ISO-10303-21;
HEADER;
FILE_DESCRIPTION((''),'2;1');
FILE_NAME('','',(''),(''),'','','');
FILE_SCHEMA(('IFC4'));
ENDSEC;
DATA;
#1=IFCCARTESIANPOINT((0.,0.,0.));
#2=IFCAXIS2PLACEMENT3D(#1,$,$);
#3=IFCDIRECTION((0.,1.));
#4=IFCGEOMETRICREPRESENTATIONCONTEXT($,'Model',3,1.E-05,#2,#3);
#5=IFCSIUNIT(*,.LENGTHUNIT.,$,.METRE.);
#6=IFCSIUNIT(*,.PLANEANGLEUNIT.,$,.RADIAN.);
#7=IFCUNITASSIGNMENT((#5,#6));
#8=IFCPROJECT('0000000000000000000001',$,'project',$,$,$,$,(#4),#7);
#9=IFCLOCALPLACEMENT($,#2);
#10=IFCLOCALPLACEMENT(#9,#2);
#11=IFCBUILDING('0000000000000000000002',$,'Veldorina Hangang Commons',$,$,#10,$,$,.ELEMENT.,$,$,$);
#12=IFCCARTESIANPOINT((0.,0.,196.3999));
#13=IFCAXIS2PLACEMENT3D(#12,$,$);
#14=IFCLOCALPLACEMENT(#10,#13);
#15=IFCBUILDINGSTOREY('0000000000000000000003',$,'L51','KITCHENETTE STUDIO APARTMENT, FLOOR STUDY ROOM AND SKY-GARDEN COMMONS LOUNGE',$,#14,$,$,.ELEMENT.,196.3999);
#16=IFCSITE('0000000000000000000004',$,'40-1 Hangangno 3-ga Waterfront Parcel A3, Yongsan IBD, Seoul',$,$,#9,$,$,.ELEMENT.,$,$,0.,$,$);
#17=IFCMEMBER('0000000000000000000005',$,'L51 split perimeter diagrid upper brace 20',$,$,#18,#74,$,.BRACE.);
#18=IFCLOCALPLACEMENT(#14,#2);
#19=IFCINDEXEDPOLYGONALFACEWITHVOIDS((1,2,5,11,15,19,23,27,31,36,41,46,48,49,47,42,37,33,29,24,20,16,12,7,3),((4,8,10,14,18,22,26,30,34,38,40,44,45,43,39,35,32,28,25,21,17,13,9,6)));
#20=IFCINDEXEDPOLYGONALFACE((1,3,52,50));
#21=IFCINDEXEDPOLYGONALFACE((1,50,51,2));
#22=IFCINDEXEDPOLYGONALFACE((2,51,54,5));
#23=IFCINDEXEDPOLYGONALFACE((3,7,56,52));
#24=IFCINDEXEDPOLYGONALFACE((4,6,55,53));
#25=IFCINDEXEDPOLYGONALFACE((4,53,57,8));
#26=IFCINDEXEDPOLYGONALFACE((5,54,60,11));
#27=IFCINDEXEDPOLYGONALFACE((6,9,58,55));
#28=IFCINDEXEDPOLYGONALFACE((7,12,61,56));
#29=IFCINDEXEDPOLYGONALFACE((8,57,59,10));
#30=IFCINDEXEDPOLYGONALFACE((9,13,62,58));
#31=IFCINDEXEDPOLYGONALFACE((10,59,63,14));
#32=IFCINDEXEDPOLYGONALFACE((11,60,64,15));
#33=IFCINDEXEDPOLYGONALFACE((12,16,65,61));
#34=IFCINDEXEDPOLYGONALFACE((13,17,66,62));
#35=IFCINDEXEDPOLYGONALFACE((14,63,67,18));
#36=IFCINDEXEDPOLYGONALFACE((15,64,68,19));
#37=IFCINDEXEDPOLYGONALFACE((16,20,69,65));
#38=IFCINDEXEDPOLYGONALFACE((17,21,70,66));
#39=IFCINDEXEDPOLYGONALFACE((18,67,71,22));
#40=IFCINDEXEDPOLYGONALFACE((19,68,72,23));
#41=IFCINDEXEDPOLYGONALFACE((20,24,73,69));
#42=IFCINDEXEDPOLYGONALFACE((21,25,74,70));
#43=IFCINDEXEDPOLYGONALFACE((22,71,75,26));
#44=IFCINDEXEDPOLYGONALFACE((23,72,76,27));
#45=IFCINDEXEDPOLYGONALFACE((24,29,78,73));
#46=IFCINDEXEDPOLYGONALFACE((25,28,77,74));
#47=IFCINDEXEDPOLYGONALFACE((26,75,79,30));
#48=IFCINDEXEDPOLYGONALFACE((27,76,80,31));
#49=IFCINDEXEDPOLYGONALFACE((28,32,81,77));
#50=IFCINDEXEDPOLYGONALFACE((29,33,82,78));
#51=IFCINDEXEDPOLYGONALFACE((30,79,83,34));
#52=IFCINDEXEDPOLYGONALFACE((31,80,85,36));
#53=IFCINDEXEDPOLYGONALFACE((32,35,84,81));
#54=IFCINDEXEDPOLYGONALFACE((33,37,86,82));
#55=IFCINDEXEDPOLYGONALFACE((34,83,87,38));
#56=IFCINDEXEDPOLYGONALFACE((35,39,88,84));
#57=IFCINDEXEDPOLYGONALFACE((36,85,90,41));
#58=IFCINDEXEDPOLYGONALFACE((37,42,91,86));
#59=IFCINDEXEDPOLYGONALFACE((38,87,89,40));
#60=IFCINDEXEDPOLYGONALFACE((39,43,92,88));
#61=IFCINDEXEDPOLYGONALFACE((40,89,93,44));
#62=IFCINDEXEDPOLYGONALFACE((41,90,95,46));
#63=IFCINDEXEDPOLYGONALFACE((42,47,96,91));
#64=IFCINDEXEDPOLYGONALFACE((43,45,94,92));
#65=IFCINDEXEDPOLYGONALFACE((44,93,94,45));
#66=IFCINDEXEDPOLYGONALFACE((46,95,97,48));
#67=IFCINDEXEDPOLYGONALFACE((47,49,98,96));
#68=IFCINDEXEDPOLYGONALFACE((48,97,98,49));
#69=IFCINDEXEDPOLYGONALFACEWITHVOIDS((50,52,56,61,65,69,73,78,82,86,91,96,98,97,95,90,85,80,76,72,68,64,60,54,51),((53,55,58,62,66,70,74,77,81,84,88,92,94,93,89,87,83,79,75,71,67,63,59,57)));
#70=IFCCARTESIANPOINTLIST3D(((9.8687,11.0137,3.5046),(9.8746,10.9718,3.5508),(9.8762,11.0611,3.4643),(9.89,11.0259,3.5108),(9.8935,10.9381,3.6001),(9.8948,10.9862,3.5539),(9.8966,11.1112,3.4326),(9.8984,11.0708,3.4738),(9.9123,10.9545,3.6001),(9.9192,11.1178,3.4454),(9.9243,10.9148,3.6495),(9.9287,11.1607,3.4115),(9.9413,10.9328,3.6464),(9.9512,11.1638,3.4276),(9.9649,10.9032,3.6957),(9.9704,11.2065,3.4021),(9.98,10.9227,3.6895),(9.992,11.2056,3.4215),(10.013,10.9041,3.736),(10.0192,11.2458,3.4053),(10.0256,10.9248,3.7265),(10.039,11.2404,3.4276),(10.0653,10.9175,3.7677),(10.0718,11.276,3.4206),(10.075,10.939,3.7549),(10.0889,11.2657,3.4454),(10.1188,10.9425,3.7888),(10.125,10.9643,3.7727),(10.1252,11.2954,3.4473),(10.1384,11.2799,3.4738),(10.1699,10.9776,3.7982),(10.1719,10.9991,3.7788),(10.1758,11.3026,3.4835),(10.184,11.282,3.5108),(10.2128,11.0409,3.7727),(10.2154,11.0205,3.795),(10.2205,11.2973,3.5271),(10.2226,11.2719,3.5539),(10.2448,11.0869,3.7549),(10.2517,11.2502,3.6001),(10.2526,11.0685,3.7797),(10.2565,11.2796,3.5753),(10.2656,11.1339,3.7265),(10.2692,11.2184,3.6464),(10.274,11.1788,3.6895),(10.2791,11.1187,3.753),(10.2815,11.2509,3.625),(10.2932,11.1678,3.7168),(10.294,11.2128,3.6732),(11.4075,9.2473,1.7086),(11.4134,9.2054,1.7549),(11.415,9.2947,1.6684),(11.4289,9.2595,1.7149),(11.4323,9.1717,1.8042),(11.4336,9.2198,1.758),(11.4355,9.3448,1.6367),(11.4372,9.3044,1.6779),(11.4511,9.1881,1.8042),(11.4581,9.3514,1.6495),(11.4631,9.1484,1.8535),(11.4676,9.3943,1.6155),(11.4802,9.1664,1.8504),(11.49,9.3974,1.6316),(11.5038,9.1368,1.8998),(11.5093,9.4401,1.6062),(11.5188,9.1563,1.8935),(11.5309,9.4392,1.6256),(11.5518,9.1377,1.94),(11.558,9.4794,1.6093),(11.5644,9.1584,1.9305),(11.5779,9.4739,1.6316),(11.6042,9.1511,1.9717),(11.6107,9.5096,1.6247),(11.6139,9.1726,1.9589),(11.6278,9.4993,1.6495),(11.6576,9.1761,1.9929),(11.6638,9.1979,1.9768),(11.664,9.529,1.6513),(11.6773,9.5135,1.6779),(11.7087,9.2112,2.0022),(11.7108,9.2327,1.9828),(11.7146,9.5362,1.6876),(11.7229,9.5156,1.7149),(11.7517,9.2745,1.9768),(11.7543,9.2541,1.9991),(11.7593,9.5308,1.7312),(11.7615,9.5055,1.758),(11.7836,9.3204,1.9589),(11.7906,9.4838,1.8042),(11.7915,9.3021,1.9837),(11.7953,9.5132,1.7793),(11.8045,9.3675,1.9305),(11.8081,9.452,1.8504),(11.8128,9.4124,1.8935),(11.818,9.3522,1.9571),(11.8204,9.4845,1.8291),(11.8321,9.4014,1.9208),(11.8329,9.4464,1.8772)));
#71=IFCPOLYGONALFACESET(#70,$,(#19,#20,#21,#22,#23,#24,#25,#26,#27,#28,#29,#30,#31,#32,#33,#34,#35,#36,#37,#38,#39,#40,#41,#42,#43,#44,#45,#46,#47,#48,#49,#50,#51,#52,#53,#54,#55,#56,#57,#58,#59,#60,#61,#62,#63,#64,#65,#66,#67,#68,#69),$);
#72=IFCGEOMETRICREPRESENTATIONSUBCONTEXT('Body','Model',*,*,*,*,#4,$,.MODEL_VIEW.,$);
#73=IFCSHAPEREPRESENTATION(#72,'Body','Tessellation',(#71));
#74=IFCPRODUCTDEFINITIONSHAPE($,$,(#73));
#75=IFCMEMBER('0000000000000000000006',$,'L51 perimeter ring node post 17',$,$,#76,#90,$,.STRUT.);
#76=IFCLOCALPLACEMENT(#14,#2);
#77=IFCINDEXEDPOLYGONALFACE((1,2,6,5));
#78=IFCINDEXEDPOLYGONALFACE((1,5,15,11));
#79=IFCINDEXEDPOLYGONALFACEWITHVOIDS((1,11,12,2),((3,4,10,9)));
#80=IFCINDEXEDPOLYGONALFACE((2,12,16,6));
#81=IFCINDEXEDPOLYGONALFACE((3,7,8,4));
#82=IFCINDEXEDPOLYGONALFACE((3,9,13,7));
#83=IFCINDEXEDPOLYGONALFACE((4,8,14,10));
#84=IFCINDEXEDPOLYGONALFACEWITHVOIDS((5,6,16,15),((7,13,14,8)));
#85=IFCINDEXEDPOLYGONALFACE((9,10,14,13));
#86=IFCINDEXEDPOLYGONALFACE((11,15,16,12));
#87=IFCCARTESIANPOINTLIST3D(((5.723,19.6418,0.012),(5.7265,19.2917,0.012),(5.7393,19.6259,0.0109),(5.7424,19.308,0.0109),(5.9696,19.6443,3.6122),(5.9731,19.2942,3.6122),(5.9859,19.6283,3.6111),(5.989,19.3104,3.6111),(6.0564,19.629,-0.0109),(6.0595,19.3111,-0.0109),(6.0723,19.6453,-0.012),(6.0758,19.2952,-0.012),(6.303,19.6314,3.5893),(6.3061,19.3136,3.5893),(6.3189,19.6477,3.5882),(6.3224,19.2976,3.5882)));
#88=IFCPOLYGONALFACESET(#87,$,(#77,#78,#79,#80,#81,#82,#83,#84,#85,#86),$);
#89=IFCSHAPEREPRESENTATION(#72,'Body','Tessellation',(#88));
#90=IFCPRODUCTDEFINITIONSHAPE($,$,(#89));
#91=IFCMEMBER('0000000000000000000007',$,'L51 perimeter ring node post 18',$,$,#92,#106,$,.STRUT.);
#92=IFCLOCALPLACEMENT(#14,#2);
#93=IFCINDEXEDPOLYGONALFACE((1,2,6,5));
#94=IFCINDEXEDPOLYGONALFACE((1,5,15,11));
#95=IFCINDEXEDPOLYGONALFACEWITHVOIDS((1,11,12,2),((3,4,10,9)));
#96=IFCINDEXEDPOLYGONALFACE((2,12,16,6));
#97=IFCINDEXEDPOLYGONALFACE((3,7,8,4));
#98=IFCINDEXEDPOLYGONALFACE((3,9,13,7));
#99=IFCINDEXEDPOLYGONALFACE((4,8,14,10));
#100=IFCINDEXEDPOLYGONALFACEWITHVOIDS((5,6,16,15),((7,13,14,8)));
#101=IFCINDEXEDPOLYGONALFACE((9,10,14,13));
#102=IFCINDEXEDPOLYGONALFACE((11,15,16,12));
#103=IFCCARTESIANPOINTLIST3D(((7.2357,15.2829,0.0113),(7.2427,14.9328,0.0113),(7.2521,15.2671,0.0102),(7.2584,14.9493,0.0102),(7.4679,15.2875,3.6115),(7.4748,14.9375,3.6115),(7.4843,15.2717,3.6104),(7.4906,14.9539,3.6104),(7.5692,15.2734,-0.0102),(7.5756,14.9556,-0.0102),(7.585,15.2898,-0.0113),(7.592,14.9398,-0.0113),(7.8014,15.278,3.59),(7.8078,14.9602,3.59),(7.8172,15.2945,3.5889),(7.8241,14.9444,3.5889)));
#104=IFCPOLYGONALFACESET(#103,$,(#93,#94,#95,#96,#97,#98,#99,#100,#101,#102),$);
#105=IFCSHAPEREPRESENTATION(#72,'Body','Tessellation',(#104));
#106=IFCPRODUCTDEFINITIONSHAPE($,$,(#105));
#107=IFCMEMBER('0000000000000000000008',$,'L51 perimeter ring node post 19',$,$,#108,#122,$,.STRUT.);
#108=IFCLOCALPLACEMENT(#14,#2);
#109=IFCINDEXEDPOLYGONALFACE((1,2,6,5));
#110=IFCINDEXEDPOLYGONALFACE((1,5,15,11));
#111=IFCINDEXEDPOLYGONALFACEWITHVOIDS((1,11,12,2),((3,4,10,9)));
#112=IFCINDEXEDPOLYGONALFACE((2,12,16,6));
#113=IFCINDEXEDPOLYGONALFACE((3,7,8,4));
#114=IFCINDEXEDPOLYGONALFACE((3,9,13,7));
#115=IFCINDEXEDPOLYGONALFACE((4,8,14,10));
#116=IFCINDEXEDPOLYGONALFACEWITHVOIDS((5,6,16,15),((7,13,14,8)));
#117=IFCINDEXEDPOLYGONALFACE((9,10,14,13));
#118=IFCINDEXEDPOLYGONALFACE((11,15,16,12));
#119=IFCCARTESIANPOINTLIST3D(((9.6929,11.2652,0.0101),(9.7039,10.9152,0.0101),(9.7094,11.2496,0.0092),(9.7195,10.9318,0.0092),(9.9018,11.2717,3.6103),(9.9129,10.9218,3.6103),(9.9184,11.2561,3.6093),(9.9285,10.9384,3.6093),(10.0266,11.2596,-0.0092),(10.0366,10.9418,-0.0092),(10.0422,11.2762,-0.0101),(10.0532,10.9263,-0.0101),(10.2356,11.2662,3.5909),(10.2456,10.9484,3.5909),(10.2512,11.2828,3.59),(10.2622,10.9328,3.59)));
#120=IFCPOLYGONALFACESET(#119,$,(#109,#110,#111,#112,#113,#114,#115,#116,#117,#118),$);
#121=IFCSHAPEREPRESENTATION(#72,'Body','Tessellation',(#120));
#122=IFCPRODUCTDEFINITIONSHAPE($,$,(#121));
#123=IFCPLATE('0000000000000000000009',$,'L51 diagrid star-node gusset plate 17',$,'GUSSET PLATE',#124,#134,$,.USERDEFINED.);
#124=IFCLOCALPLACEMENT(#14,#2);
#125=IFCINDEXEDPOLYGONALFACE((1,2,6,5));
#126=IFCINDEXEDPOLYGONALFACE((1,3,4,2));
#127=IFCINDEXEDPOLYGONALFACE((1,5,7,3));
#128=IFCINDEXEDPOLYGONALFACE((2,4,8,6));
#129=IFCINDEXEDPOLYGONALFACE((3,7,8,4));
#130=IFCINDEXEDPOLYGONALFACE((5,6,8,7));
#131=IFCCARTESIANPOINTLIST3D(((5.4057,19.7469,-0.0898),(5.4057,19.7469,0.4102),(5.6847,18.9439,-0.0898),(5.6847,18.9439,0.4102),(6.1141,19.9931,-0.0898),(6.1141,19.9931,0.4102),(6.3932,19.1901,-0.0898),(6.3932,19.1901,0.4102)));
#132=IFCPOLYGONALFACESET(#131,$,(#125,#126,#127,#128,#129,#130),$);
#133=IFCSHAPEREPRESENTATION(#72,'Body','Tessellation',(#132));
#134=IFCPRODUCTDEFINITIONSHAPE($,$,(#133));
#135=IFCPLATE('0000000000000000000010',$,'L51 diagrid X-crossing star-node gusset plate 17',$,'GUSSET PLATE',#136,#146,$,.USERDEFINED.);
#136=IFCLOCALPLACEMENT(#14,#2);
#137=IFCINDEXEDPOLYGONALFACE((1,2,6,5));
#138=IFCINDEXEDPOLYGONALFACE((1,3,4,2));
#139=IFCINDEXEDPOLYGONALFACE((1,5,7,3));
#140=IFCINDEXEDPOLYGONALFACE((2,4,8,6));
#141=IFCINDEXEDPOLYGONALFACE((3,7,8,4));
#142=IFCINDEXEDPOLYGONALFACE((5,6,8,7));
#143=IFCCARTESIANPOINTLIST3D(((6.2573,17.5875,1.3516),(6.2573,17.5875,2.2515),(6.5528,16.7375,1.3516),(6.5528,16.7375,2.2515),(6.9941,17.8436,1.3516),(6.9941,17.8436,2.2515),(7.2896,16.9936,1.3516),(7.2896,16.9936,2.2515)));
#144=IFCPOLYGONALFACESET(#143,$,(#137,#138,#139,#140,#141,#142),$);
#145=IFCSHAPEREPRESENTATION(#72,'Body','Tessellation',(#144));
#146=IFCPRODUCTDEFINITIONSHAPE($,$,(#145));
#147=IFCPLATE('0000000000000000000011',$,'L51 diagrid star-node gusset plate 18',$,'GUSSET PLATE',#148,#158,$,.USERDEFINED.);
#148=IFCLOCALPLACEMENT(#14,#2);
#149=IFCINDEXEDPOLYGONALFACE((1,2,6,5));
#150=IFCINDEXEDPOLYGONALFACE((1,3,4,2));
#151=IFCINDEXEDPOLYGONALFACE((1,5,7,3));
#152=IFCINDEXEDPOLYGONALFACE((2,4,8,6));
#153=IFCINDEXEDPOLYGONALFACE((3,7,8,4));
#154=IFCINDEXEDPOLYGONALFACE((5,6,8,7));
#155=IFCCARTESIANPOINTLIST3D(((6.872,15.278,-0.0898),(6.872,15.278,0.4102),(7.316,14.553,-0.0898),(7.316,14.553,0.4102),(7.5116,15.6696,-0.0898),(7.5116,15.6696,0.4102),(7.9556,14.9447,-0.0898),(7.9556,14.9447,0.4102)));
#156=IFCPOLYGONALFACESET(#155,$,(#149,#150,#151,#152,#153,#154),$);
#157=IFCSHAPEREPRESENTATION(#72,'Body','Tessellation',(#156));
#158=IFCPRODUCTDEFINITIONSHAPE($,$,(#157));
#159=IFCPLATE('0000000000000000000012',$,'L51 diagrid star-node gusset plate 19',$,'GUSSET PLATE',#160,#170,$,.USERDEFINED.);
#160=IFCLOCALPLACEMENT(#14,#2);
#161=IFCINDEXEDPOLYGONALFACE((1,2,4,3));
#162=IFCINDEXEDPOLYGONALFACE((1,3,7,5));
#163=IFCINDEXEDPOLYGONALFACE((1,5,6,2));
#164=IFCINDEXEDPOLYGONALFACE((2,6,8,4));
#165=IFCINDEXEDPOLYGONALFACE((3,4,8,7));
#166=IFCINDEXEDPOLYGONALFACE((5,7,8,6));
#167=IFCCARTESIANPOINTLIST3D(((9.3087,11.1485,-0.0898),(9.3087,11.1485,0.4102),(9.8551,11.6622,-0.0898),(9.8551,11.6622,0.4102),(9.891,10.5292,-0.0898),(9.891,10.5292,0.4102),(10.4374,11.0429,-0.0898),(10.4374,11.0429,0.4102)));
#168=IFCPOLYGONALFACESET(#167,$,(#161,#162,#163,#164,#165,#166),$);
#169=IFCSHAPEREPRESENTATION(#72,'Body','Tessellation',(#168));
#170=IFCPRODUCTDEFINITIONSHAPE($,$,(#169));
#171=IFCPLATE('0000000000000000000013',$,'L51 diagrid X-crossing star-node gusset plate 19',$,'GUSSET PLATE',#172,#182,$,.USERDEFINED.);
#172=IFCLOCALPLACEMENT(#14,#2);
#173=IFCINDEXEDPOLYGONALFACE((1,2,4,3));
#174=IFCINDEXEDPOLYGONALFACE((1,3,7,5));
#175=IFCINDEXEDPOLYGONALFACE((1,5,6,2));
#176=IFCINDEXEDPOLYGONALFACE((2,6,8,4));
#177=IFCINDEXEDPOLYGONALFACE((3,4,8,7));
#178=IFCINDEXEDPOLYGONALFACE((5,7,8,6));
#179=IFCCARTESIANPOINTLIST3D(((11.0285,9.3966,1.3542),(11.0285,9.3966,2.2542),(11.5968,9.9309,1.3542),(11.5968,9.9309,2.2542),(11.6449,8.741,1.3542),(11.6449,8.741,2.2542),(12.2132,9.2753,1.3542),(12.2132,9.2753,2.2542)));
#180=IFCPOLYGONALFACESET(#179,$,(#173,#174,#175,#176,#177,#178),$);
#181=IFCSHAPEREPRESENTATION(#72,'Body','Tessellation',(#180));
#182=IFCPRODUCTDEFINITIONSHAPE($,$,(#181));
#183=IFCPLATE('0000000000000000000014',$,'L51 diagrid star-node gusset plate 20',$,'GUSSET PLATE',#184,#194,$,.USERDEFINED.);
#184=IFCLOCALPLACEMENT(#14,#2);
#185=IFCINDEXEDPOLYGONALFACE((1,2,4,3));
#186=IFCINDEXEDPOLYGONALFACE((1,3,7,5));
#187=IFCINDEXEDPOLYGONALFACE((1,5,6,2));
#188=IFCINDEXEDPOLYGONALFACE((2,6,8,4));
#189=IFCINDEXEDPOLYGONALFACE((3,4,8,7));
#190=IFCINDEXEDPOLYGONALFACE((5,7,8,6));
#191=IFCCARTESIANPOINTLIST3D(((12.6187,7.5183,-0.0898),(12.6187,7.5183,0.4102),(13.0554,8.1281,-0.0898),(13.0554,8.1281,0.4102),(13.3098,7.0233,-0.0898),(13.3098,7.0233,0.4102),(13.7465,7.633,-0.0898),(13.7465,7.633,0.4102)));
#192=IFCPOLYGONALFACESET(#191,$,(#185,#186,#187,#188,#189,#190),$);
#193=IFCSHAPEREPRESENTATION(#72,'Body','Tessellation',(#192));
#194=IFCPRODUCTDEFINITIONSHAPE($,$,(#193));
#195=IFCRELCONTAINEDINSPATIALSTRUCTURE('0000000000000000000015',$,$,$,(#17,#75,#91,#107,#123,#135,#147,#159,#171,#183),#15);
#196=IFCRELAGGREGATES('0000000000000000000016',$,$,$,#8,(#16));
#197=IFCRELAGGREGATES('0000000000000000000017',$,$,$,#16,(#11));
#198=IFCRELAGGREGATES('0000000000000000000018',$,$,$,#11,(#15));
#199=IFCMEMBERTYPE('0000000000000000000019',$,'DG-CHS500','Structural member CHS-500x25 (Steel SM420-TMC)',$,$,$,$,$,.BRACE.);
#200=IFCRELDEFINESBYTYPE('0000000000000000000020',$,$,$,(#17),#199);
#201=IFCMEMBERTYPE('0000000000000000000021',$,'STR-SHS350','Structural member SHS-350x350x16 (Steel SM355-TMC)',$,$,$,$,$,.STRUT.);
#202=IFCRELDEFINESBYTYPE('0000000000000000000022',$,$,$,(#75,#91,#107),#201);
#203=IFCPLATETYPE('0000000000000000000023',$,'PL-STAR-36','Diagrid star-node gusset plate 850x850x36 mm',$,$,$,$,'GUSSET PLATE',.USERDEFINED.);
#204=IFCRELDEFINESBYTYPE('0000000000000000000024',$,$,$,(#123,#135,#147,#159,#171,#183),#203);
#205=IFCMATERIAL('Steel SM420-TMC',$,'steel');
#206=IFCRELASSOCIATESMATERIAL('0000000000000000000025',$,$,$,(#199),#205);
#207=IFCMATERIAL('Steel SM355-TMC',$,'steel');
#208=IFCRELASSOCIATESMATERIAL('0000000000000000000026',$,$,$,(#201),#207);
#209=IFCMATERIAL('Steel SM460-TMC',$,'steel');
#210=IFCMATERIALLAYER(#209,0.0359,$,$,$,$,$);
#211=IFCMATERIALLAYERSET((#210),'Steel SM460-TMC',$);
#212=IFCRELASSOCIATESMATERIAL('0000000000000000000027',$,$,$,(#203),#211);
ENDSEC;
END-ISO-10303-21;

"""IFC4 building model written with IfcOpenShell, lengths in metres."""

from ifc_helpers import new_model, si_unit, direction, frame, origin, origin_2d, place, context, subcontext, project, spatial, rectangle, hollow_rectangle, hollow_circle, extrude, material, layer, layer_set, material_profile, profile_set, type_object, element, save


model = new_model("IFC4")

# Units and contexts
model_context = context("Model", 3, precision=1e-05, world=origin(), true_north=direction((0.0, 1.0)))
body_context = subcontext(model_context, "Body", "Model", "MODEL_VIEW")
ifc_project = project(units=[si_unit("LENGTHUNIT", "METRE"), si_unit("PLANEANGLEUNIT", "RADIAN")], contexts=[model_context])

# Site, building, storey
site_placement = place(None, origin())
site = spatial("IfcSite", under=ifc_project, at=site_placement, Name="40-1 Hangangno 3-ga Waterfront Parcel A3, Yongsan IBD, Seoul", CompositionType="ELEMENT", RefElevation=0.0)
building_placement = place(site_placement, origin())
building = spatial("IfcBuilding", under=site, at=building_placement, Name="Veldorina Hangang Commons", CompositionType="ELEMENT")
storey_placement = place(building_placement, frame((0.0, 0.0, 196.3999)))
storey = spatial("IfcBuildingStorey", under=building, at=storey_placement, Name="L51", Description="KITCHENETTE STUDIO APARTMENT, FLOOR STUDY ROOM AND SKY-GARDEN COMMONS LOUNGE", CompositionType="ELEMENT", Elevation=196.3999)

# Shared definitions
ifc_material_1 = material(Name="Steel SM420-TMC", Category="steel")

# Members
ifc_material_profile_1 = material_profile(ifc_material_1, hollow_circle(Radius=0.25, WallThickness=0.0249, at=origin_2d()), Name="CHS-500x25")
ifc_profile_set_1 = profile_set([ifc_material_profile_1], Name="Steel SM420-TMC")
member_type_1 = type_object("IfcMemberType", Name="DG-CHS500", Description="Structural member CHS-500x25 (Steel SM420-TMC)", PredefinedType="BRACE", material=ifc_profile_set_1)
member_1_placement = place(storey_placement, frame((11.6208, 9.3359, 1.8042), z_axis=(-0.521312, 0.598396, 0.608404), x_axis=(-0.754002, -0.656872, 0.0)))
element("IfcMember", 1, at=member_1_placement, inside=storey, type_object=member_type_1, Name="L51 split perimeter diagrid upper brace 20", PredefinedType="BRACE", context=body_context, shape_type="SweptSolid", body=[
    extrude(hollow_circle(Radius=0.25, WallThickness=0.0249, at=origin_2d()), origin(), (0.0, 0.0, 1.0), 2.9519),
])
ifc_material_2 = material(Name="Steel SM355-TMC", Category="steel")
ifc_material_profile_2 = material_profile(ifc_material_2, hollow_rectangle(XDim=0.3501, YDim=0.3501, WallThickness=0.0161, at=origin_2d()), Name="SHS-350x350x16")
ifc_profile_set_2 = profile_set([ifc_material_profile_2], Name="Steel SM355-TMC")
member_type_2 = type_object("IfcMemberType", Name="STR-SHS350", Description="Structural member SHS-350x350x16 (Steel SM355-TMC)", PredefinedType="STRUT", material=ifc_profile_set_2)
member_2_placement = place(storey_placement, frame((5.8994, 19.4685, 0.0), z_axis=(0.068333, 0.000677, 0.997662), x_axis=(-0.009901, 0.999951, 0.0)))
element("IfcMember", 2, at=member_2_placement, inside=storey, type_object=member_type_2, Name="L51 perimeter ring node post 17", PredefinedType="STRUT", context=body_context, shape_type="SweptSolid", body=[
    extrude(hollow_rectangle(XDim=0.3501, YDim=0.3501, WallThickness=0.0161, at=origin_2d()), origin(), (0.0, 0.0, 1.0), 3.6086),
])
member_3_placement = place(storey_placement, frame((7.4138, 15.1113, 0.0), z_axis=(0.064358, 0.001286, 0.997926), x_axis=(-0.019975, 0.9998, 0.0)))
element("IfcMember", 3, at=member_3_placement, inside=storey, type_object=member_type_2, Name="L51 perimeter ring node post 18", PredefinedType="STRUT", context=body_context, shape_type="SweptSolid", body=[
    extrude(hollow_rectangle(XDim=0.3501, YDim=0.3501, WallThickness=0.0161, at=origin_2d()), origin(), (0.0, 0.0, 1.0), 3.6077),
])
member_4_placement = place(storey_placement, frame((9.873, 11.0957, 0.0), z_axis=(0.057952, 0.001828, 0.998318), x_axis=(-0.031526, 0.999503, 0.0)))
element("IfcMember", 4, at=member_4_placement, inside=storey, type_object=member_type_2, Name="L51 perimeter ring node post 19", PredefinedType="STRUT", context=body_context, shape_type="SweptSolid", body=[
    extrude(hollow_rectangle(XDim=0.3501, YDim=0.3501, WallThickness=0.0161, at=origin_2d()), origin(), (0.0, 0.0, 1.0), 3.6062),
])

# Plates
ifc_material_3 = material(Name="Steel SM460-TMC", Category="steel")
ifc_layer_1 = layer(ifc_material_3, 0.0359)
ifc_layer_set_1 = layer_set([ifc_layer_1], Name="Steel SM460-TMC")
plate_type = type_object("IfcPlateType", Name="PL-STAR-36", Description="Diagrid star-node gusset plate 850x850x36 mm", ElementType="GUSSET PLATE", PredefinedType="USERDEFINED", material=ifc_layer_set_1)
plate_1_placement = place(storey_placement, frame((5.8994, 19.4685, -0.0898), z_axis=(0.0, 0.0, 1.0), x_axis=(0.32829, -0.944577, 0.0)))
element("IfcPlate", 5, at=plate_1_placement, inside=storey, type_object=plate_type, Name="L51 diagrid star-node gusset plate 17", ObjectType="GUSSET PLATE", PredefinedType="USERDEFINED", context=body_context, shape_type="SweptSolid", body=[
    extrude(rectangle(XDim=0.8501, YDim=0.75, at=origin_2d()), origin(), (0.0, 0.0, 1.0), 0.5),
])
plate_2_placement = place(storey_placement, frame((6.7734, 17.2905, 1.3516), z_axis=(0.0, 0.0, 1.0), x_axis=(0.32829, -0.944577, 0.0)))
element("IfcPlate", 6, at=plate_2_placement, inside=storey, type_object=plate_type, Name="L51 diagrid X-crossing star-node gusset plate 17", ObjectType="GUSSET PLATE", PredefinedType="USERDEFINED", context=body_context, shape_type="SweptSolid", body=[
    extrude(rectangle(XDim=0.8999, YDim=0.78, at=origin_2d()), origin(), (0.0, 0.0, 1.0), 0.8999),
])
for number, where, z_axis, x_axis, name in (
    (7, (7.4138, 15.1113, -0.0898), (0.0, 0.0, 1.0), (0.522246, -0.852795, 0.0), "L51 diagrid star-node gusset plate 18"),
    (8, (9.873, 11.0957, -0.0898), (0.0, 0.0, 1.0), (0.685005, -0.728538, 0.0), "L51 diagrid star-node gusset plate 19"),
):
    element("IfcPlate", number, at=place(storey_placement, frame(where, z_axis=z_axis, x_axis=x_axis)), inside=storey, type_object=plate_type, Name=name, ObjectType="GUSSET PLATE", PredefinedType="USERDEFINED", context=body_context, shape_type="SweptSolid", body=[
        extrude(rectangle(XDim=0.8501, YDim=0.75, at=origin_2d()), origin(), (0.0, 0.0, 1.0), 0.5),
    ])
plate_3_placement = place(storey_placement, frame((11.6208, 9.3359, 1.3542), z_axis=(0.0, 0.0, 1.0), x_axis=(0.685005, -0.728538, 0.0)))
element("IfcPlate", 9, at=plate_3_placement, inside=storey, type_object=plate_type, Name="L51 diagrid X-crossing star-node gusset plate 19", ObjectType="GUSSET PLATE", PredefinedType="USERDEFINED", context=body_context, shape_type="SweptSolid", body=[
    extrude(rectangle(XDim=0.8999, YDim=0.78, at=origin_2d()), origin(), (0.0, 0.0, 1.0), 0.8999),
])
plate_4_placement = place(storey_placement, frame((13.1826, 7.5757, -0.0898), z_axis=(0.0, 0.0, 1.0), x_axis=(0.812958, -0.582322, 0.0)))
element("IfcPlate", 10, at=plate_4_placement, inside=storey, type_object=plate_type, Name="L51 diagrid star-node gusset plate 20", ObjectType="GUSSET PLATE", PredefinedType="USERDEFINED", context=body_context, shape_type="SweptSolid", body=[
    extrude(rectangle(XDim=0.8501, YDim=0.75, at=origin_2d()), origin(), (0.0, 0.0, 1.0), 0.5),
])

save(model, "model.ifc")
